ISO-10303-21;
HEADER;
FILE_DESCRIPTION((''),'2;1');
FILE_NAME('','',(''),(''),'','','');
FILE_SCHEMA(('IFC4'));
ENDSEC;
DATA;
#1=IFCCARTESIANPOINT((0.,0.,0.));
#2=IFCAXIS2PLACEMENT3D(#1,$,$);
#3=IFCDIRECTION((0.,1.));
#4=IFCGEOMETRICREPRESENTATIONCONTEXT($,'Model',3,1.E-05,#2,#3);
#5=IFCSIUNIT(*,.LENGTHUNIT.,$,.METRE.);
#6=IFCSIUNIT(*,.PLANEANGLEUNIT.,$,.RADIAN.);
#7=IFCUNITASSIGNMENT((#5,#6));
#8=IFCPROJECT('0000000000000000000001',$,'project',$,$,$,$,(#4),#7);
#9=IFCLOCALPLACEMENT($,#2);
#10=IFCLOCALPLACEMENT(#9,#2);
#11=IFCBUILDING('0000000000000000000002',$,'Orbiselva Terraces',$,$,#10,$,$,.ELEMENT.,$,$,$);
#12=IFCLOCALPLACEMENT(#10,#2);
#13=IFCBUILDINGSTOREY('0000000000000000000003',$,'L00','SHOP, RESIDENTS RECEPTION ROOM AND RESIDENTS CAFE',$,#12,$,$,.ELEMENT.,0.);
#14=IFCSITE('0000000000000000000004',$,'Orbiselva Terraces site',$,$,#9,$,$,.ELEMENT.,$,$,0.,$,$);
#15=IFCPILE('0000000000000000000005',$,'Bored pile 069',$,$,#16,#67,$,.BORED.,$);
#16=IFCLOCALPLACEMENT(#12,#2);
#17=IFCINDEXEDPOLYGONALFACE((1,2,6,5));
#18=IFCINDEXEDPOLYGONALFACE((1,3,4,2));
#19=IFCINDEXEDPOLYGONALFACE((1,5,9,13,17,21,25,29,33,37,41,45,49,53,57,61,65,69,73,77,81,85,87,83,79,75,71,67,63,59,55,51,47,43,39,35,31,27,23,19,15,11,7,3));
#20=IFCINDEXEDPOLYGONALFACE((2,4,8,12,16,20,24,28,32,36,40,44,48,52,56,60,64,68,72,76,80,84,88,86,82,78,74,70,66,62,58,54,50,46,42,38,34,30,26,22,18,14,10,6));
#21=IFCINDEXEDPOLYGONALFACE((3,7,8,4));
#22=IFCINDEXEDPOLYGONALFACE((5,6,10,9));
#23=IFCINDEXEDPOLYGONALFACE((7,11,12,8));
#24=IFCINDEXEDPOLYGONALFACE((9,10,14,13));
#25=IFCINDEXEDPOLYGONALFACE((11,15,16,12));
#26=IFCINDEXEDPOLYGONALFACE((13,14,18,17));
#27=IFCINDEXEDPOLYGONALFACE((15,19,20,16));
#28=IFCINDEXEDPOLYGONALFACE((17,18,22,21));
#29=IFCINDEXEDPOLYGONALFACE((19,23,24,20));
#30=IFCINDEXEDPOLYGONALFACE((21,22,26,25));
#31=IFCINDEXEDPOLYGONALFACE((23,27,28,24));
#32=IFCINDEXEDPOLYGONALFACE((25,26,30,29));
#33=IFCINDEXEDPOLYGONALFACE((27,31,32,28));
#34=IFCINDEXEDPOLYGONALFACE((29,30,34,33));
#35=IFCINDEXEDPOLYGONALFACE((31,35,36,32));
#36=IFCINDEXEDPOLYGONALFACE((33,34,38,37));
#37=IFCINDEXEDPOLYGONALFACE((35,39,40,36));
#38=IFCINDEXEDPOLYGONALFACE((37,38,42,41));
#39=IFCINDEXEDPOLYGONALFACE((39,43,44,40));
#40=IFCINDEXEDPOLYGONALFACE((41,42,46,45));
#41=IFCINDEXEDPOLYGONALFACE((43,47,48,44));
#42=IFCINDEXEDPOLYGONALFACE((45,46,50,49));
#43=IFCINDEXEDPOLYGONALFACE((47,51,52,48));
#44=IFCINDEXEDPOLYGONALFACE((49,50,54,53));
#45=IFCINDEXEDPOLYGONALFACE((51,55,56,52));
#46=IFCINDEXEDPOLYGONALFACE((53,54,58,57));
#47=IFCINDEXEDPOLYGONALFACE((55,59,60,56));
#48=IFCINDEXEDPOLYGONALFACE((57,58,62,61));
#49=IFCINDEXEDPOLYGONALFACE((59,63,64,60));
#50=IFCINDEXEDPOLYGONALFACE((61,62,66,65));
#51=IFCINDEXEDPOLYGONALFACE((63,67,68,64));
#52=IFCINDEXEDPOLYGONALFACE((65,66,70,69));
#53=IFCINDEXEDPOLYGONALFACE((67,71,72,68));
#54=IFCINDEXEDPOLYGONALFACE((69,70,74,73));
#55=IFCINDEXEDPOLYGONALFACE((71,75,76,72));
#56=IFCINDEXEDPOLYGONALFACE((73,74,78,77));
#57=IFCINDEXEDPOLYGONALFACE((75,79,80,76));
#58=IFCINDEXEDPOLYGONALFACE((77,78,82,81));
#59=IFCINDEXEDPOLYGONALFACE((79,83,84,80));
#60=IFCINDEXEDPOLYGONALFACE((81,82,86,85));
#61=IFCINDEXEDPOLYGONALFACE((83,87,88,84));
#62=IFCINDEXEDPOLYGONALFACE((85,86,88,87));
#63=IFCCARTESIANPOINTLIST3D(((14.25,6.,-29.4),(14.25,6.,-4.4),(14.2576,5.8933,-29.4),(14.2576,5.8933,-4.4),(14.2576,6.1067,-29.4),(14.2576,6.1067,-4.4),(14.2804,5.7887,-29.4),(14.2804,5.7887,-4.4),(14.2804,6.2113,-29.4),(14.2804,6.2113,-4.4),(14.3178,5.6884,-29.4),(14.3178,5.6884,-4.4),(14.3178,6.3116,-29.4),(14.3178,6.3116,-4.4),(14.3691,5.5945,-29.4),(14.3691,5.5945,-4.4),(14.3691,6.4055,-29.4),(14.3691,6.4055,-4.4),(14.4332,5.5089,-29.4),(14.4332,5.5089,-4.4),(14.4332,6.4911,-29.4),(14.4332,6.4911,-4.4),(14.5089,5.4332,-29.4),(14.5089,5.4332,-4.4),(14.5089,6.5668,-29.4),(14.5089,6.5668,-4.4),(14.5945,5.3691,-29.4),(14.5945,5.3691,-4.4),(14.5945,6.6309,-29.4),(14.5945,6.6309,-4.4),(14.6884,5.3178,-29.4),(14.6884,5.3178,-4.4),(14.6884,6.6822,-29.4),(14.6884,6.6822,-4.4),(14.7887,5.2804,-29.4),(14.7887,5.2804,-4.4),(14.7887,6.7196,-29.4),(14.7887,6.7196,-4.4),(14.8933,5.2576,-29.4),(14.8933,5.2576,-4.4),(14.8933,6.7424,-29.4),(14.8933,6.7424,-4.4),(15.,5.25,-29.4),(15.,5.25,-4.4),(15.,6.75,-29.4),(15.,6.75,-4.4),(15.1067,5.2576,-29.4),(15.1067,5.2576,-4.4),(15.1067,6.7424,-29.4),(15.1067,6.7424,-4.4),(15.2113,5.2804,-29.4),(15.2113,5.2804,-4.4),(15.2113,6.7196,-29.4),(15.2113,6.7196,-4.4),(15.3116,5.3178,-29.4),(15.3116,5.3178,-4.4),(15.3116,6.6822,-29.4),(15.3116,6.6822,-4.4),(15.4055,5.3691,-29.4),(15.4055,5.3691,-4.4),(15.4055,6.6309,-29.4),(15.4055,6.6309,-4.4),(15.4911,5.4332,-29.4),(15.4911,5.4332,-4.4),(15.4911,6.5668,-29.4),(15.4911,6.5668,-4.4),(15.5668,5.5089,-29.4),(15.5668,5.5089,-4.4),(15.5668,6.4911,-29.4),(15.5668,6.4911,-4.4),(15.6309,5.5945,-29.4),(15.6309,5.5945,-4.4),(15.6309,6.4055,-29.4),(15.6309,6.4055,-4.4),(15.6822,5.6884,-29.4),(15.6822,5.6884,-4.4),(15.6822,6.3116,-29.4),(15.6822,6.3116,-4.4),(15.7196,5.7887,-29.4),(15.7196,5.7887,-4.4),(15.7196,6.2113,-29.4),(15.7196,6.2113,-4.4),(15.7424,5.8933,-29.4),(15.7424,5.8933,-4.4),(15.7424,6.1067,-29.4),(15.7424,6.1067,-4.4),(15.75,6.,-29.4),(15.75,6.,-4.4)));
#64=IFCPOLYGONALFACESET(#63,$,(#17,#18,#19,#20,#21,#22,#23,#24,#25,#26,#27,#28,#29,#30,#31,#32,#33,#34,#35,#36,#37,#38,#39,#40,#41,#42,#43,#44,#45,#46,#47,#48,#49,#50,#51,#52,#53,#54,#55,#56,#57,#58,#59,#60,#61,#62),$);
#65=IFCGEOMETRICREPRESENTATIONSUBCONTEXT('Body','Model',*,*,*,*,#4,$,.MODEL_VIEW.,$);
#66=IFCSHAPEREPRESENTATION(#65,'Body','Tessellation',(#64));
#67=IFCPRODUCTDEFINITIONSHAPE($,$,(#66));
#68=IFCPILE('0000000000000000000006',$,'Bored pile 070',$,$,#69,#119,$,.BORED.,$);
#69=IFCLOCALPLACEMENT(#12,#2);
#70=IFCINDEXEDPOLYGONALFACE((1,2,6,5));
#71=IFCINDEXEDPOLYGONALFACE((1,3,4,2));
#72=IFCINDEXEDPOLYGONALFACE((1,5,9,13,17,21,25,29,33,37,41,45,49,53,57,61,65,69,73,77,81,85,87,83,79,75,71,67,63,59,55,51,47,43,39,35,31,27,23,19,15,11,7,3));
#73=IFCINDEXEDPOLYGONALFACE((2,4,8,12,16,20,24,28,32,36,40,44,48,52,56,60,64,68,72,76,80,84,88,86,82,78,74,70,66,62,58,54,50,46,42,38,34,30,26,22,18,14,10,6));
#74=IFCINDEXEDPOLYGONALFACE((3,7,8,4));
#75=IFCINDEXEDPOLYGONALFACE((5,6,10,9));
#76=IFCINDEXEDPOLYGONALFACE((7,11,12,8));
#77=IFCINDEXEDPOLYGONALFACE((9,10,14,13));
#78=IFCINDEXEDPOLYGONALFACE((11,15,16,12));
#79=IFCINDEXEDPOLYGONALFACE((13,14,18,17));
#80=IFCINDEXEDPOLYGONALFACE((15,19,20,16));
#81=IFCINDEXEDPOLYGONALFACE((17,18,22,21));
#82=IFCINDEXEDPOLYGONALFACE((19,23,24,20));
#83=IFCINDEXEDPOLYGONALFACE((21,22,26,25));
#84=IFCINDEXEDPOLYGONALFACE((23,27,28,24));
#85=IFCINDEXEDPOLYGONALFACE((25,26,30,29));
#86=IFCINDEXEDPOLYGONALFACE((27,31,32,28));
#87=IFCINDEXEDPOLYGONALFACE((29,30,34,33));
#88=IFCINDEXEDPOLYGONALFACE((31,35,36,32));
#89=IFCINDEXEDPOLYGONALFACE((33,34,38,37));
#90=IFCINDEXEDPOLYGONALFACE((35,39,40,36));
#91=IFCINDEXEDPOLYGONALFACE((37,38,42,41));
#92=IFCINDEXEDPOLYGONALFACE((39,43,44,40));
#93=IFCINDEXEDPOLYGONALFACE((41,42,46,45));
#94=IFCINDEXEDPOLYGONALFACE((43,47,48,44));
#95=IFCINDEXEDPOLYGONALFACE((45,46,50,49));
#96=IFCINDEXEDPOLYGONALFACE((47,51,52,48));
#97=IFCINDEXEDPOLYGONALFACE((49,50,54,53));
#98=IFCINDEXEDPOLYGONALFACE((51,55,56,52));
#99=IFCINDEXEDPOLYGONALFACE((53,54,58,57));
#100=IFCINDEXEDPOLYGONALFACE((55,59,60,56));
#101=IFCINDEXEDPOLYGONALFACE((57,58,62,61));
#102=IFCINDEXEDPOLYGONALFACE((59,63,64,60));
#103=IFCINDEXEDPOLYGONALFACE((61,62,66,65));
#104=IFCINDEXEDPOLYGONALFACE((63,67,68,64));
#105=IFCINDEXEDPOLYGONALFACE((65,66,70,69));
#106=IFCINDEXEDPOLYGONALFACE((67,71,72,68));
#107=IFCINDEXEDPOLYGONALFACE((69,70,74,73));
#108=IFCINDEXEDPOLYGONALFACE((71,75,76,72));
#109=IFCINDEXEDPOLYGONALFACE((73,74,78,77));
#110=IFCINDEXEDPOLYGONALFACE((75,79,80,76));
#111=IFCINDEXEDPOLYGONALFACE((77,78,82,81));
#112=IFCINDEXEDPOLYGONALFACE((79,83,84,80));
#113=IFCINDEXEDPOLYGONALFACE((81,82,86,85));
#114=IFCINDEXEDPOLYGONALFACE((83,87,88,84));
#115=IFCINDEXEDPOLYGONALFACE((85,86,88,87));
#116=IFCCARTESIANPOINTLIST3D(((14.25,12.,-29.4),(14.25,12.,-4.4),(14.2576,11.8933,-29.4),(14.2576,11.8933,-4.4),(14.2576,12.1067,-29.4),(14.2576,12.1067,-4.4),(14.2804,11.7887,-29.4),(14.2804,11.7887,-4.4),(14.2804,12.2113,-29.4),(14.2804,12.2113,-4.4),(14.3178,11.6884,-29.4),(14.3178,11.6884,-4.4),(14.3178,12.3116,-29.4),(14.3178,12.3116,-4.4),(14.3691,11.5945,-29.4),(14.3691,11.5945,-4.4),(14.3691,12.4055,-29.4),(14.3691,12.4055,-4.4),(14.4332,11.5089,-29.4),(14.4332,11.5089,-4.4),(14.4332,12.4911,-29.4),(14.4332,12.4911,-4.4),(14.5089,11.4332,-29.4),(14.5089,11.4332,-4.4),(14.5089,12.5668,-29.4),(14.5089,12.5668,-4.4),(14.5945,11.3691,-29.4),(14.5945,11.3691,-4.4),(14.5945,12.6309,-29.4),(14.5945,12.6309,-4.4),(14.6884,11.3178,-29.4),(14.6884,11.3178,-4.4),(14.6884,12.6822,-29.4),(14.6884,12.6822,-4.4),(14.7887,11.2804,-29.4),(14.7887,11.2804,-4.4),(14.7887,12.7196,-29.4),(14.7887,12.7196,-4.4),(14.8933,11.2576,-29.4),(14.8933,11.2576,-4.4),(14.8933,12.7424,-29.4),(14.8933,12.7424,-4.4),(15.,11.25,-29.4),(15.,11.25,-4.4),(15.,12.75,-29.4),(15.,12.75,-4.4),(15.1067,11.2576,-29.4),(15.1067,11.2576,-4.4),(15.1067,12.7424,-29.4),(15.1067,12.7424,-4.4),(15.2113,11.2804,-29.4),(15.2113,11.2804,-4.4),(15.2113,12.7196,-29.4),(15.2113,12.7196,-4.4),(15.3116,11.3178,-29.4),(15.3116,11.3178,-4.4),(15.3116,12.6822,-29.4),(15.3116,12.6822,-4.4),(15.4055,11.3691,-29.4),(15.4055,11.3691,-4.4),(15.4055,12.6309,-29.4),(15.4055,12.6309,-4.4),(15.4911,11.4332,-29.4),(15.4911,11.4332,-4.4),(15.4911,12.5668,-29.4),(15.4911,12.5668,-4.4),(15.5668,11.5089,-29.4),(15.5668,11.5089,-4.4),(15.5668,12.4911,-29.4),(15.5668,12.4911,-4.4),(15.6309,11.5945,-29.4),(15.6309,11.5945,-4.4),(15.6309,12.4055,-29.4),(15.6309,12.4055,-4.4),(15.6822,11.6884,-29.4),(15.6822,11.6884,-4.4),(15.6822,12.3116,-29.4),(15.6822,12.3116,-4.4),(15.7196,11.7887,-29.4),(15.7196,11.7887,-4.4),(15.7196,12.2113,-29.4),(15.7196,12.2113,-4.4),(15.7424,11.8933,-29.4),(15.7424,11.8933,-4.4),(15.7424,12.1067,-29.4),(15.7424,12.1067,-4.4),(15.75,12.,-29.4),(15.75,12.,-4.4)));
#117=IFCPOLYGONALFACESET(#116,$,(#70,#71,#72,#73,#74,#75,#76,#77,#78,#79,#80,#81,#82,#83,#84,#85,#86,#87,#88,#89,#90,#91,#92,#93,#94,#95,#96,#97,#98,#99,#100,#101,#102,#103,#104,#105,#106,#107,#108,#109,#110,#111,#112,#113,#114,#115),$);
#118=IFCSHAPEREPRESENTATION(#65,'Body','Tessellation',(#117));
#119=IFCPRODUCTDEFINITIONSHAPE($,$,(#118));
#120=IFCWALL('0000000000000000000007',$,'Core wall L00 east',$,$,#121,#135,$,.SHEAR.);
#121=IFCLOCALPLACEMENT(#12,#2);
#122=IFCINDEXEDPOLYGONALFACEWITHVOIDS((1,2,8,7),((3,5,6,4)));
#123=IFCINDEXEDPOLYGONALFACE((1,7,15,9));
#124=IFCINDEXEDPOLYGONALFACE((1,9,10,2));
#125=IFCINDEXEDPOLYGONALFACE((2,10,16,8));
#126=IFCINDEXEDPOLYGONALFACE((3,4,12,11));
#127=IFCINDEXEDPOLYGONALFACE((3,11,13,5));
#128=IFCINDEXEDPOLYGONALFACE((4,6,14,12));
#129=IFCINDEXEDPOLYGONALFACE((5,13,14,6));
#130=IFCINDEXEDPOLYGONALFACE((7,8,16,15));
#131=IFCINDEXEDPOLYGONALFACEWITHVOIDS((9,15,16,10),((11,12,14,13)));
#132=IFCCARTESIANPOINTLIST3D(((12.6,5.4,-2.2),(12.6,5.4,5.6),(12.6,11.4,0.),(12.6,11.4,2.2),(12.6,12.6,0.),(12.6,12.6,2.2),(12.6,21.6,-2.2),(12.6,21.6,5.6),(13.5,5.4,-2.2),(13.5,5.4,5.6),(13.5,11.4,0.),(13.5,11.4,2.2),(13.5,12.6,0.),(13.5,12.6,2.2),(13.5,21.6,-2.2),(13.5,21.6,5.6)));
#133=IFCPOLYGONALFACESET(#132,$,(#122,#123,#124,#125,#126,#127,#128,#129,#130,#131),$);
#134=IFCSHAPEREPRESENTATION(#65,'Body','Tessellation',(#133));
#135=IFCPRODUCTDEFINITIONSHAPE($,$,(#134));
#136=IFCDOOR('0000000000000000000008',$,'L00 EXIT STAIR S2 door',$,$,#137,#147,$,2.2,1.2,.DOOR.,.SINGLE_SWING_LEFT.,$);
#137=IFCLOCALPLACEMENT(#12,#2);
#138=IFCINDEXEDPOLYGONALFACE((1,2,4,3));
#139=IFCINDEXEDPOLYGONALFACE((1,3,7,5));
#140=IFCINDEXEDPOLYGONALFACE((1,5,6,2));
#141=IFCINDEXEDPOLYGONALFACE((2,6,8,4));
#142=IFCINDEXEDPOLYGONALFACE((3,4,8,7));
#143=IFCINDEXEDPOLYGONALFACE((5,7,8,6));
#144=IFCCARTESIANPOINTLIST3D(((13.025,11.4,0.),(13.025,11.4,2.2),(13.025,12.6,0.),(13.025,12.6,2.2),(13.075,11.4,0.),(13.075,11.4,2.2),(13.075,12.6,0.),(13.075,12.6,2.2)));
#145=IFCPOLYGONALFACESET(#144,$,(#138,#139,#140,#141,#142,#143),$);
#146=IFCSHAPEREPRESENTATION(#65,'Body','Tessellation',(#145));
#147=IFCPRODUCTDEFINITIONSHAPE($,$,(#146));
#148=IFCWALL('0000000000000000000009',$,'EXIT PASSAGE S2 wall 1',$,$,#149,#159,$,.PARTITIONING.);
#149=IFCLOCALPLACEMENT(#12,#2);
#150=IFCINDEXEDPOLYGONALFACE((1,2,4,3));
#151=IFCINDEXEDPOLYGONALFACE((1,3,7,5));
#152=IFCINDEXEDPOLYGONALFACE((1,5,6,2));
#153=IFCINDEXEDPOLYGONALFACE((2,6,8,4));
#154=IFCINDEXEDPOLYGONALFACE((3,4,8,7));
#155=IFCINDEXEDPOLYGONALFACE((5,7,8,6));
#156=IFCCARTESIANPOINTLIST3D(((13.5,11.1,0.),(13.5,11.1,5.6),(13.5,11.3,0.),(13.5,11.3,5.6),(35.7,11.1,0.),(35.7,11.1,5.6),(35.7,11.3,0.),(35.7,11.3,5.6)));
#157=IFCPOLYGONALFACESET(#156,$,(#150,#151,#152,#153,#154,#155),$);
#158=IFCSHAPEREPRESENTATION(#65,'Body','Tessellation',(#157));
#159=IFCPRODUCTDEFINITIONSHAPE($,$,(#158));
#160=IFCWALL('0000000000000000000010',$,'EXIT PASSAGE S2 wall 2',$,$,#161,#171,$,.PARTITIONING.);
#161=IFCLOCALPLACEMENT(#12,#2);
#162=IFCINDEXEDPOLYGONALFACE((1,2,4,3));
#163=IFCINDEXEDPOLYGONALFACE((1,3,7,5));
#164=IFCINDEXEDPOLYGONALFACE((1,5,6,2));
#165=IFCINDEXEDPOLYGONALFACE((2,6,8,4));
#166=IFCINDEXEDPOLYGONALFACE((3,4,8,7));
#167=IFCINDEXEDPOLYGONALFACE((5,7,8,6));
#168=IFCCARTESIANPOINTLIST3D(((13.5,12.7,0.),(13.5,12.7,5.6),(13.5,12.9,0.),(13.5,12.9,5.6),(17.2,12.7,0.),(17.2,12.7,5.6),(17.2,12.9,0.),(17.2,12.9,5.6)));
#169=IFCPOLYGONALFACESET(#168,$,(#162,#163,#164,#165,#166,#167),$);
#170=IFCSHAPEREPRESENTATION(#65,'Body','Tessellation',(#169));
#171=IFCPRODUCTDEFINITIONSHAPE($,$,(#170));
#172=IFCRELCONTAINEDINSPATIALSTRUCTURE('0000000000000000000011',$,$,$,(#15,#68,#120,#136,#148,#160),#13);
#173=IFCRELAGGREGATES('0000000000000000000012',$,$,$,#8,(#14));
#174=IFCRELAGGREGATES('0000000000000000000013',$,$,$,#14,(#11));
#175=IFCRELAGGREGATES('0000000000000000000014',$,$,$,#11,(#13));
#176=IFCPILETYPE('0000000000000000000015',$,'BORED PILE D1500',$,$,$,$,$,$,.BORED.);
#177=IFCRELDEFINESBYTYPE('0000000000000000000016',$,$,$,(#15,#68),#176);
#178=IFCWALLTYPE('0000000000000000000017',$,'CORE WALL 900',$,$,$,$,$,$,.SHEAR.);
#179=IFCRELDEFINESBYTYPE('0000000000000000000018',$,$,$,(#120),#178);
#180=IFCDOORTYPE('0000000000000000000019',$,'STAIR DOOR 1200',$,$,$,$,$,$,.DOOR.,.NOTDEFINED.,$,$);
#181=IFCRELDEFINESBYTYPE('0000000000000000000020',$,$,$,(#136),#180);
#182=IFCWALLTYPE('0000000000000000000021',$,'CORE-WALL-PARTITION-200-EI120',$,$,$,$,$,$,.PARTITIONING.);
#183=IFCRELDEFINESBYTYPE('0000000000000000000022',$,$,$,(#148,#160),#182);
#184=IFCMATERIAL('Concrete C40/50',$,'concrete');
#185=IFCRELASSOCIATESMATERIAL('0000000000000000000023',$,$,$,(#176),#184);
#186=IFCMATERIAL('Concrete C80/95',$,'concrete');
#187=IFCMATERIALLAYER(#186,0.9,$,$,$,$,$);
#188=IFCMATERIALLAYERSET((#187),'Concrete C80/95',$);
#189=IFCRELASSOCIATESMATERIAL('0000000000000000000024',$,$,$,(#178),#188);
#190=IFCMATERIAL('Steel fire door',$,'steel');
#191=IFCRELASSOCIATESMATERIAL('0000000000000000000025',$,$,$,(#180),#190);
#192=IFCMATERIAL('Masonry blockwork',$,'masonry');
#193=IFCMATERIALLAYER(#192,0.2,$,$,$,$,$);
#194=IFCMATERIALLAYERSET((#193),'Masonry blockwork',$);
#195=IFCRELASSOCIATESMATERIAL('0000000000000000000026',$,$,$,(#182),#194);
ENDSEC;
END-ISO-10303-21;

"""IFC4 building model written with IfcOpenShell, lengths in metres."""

from ifc_helpers import new_model, si_unit, direction, frame, frame_2d, origin, origin_2d, place, context, subcontext, project, spatial, rectangle, circle, extrude, material, layer, layer_set, material_profile, profile_set, type_object, element, fill, save


model = new_model("IFC4")

# Units and contexts
model_context = context("Model", 3, precision=1e-05, world=origin(), true_north=direction((0.0, 1.0)))
body_context = subcontext(model_context, "Body", "Model", "MODEL_VIEW")
ifc_project = project(units=[si_unit("LENGTHUNIT", "METRE"), si_unit("PLANEANGLEUNIT", "RADIAN")], contexts=[model_context])

# Site, building, storey
site_placement = place(None, origin())
site = spatial("IfcSite", under=ifc_project, at=site_placement, Name="Orbiselva Terraces site", CompositionType="ELEMENT", RefElevation=0.0)
building_placement = place(site_placement, origin())
building = spatial("IfcBuilding", under=site, at=building_placement, Name="Orbiselva Terraces", CompositionType="ELEMENT")
storey_placement = place(building_placement, origin())
storey = spatial("IfcBuildingStorey", under=building, at=storey_placement, Name="L00", Description="SHOP, RESIDENTS RECEPTION ROOM AND RESIDENTS CAFE", CompositionType="ELEMENT", Elevation=0.0)

# Piles
ifc_material_1 = material(Name="Concrete C40/50", Category="concrete")
ifc_material_profile = material_profile(ifc_material_1, circle(Radius=0.75, at=origin_2d()), Name="D1500")
ifc_profile_set = profile_set([ifc_material_profile], Name="Concrete C40/50")
pile_type = type_object("IfcPileType", Name="BORED PILE D1500", PredefinedType="BORED", material=ifc_profile_set)
for number, where, z_axis, x_axis, name in (
    (1, (15.0, 6.0, -4.4), (0.0, 0.0, -1.0), (1.0, 0.0, 0.0), "Bored pile 069"),
    (2, (15.0, 12.0, -4.4), (0.0, 0.0, -1.0), (1.0, 0.0, 0.0), "Bored pile 070"),
):
    element("IfcPile", number, at=place(storey_placement, frame(where, z_axis=z_axis, x_axis=x_axis)), inside=storey, type_object=pile_type, Name=name, PredefinedType="BORED", context=body_context, shape_type="SweptSolid", body=[
        extrude(circle(Radius=0.75, at=origin_2d()), origin(), (0.0, 0.0, 1.0), 25.0),
    ])

# Wall, opening, door
ifc_material_2 = material(Name="Concrete C80/95", Category="concrete")
ifc_layer_1 = layer(ifc_material_2, 0.9)
ifc_layer_set_1 = layer_set([ifc_layer_1], Name="Concrete C80/95")
wall_type_1 = type_object("IfcWallType", Name="CORE WALL 900", PredefinedType="SHEAR", material=ifc_layer_set_1)
wall_1_placement = place(storey_placement, frame((13.05, 5.4, -2.2), z_axis=(0.0, 0.0, 1.0), x_axis=(0.0, 1.0, 0.0)))
wall_1 = element("IfcWall", 3, at=wall_1_placement, inside=storey, type_object=wall_type_1, Name="Core wall L00 east", PredefinedType="SHEAR", context=body_context, shape_type="SweptSolid", body=[
    extrude(rectangle(XDim=16.2, YDim=0.9, at=frame_2d((8.1, 0.0))), origin(), (0.0, 0.0, 1.0), 7.8),
])
opening_1_placement = place(wall_1_placement, frame((6.0, 0.0, 2.2)))
opening_1 = element("IfcOpeningElement", 4, at=opening_1_placement, cuts=wall_1, PredefinedType="OPENING", context=body_context, shape_type="SweptSolid", body=[
    extrude(rectangle(XDim=1.2, YDim=2.2, at=frame_2d((0.6, 1.1))), frame((0.0, 0.46, 0.0), z_axis=(0.0, -1.0, 0.0), x_axis=(1.0, 0.0, 0.0)), (0.0, 0.0, 1.0), 0.92),
])
ifc_material_3 = material(Name="Steel fire door", Category="steel")
door_type_1 = type_object("IfcDoorType", Name="STAIR DOOR 1200", OperationType="NOTDEFINED", PredefinedType="DOOR", material=ifc_material_3)
door_1_placement = place(opening_1_placement, frame((1.2, 0.0, 0.0), z_axis=(0.0, 0.0, 1.0), x_axis=(-1.0, 0.0, 0.0)))
door_1 = element("IfcDoor", 5, at=door_1_placement, inside=storey, type_object=door_type_1, Name="L00 EXIT STAIR S2 door", OperationType="SINGLE_SWING_LEFT", OverallHeight=2.2, OverallWidth=1.2, PredefinedType="DOOR", context=body_context, shape_type="SweptSolid", body=[
    extrude(rectangle(XDim=1.2, YDim=2.2, at=frame_2d((0.6, 1.1))), frame((0.0, 0.025, 0.0), z_axis=(0.0, -1.0, 0.0), x_axis=(1.0, 0.0, 0.0)), (0.0, 0.0, 1.0), 0.05),
])
fill(opening_1, door_1)

# Walls
ifc_material_4 = material(Name="Masonry blockwork", Category="masonry")
ifc_layer_2 = layer(ifc_material_4, 0.2)
ifc_layer_set_2 = layer_set([ifc_layer_2], Name="Masonry blockwork")
wall_type_2 = type_object("IfcWallType", Name="CORE-WALL-PARTITION-200-EI120", PredefinedType="PARTITIONING", material=ifc_layer_set_2)
wall_2_placement = place(storey_placement, frame((13.5, 11.2, 0.0), z_axis=(0.0, 0.0, 1.0), x_axis=(1.0, 0.0, 0.0)))
element("IfcWall", 6, at=wall_2_placement, inside=storey, type_object=wall_type_2, Name="EXIT PASSAGE S2 wall 1", PredefinedType="PARTITIONING", context=body_context, shape_type="SweptSolid", body=[
    extrude(rectangle(XDim=22.2, YDim=0.2, at=frame_2d((11.1, 0.0))), origin(), (0.0, 0.0, 1.0), 5.6),
])
wall_3_placement = place(storey_placement, frame((13.5, 12.8, 0.0), z_axis=(0.0, 0.0, 1.0), x_axis=(1.0, 0.0, 0.0)))
element("IfcWall", 7, at=wall_3_placement, inside=storey, type_object=wall_type_2, Name="EXIT PASSAGE S2 wall 2", PredefinedType="PARTITIONING", context=body_context, shape_type="SweptSolid", body=[
    extrude(rectangle(XDim=3.7, YDim=0.2, at=frame_2d((1.85, 0.0))), origin(), (0.0, 0.0, 1.0), 5.6),
])

save(model, "model.ifc")
